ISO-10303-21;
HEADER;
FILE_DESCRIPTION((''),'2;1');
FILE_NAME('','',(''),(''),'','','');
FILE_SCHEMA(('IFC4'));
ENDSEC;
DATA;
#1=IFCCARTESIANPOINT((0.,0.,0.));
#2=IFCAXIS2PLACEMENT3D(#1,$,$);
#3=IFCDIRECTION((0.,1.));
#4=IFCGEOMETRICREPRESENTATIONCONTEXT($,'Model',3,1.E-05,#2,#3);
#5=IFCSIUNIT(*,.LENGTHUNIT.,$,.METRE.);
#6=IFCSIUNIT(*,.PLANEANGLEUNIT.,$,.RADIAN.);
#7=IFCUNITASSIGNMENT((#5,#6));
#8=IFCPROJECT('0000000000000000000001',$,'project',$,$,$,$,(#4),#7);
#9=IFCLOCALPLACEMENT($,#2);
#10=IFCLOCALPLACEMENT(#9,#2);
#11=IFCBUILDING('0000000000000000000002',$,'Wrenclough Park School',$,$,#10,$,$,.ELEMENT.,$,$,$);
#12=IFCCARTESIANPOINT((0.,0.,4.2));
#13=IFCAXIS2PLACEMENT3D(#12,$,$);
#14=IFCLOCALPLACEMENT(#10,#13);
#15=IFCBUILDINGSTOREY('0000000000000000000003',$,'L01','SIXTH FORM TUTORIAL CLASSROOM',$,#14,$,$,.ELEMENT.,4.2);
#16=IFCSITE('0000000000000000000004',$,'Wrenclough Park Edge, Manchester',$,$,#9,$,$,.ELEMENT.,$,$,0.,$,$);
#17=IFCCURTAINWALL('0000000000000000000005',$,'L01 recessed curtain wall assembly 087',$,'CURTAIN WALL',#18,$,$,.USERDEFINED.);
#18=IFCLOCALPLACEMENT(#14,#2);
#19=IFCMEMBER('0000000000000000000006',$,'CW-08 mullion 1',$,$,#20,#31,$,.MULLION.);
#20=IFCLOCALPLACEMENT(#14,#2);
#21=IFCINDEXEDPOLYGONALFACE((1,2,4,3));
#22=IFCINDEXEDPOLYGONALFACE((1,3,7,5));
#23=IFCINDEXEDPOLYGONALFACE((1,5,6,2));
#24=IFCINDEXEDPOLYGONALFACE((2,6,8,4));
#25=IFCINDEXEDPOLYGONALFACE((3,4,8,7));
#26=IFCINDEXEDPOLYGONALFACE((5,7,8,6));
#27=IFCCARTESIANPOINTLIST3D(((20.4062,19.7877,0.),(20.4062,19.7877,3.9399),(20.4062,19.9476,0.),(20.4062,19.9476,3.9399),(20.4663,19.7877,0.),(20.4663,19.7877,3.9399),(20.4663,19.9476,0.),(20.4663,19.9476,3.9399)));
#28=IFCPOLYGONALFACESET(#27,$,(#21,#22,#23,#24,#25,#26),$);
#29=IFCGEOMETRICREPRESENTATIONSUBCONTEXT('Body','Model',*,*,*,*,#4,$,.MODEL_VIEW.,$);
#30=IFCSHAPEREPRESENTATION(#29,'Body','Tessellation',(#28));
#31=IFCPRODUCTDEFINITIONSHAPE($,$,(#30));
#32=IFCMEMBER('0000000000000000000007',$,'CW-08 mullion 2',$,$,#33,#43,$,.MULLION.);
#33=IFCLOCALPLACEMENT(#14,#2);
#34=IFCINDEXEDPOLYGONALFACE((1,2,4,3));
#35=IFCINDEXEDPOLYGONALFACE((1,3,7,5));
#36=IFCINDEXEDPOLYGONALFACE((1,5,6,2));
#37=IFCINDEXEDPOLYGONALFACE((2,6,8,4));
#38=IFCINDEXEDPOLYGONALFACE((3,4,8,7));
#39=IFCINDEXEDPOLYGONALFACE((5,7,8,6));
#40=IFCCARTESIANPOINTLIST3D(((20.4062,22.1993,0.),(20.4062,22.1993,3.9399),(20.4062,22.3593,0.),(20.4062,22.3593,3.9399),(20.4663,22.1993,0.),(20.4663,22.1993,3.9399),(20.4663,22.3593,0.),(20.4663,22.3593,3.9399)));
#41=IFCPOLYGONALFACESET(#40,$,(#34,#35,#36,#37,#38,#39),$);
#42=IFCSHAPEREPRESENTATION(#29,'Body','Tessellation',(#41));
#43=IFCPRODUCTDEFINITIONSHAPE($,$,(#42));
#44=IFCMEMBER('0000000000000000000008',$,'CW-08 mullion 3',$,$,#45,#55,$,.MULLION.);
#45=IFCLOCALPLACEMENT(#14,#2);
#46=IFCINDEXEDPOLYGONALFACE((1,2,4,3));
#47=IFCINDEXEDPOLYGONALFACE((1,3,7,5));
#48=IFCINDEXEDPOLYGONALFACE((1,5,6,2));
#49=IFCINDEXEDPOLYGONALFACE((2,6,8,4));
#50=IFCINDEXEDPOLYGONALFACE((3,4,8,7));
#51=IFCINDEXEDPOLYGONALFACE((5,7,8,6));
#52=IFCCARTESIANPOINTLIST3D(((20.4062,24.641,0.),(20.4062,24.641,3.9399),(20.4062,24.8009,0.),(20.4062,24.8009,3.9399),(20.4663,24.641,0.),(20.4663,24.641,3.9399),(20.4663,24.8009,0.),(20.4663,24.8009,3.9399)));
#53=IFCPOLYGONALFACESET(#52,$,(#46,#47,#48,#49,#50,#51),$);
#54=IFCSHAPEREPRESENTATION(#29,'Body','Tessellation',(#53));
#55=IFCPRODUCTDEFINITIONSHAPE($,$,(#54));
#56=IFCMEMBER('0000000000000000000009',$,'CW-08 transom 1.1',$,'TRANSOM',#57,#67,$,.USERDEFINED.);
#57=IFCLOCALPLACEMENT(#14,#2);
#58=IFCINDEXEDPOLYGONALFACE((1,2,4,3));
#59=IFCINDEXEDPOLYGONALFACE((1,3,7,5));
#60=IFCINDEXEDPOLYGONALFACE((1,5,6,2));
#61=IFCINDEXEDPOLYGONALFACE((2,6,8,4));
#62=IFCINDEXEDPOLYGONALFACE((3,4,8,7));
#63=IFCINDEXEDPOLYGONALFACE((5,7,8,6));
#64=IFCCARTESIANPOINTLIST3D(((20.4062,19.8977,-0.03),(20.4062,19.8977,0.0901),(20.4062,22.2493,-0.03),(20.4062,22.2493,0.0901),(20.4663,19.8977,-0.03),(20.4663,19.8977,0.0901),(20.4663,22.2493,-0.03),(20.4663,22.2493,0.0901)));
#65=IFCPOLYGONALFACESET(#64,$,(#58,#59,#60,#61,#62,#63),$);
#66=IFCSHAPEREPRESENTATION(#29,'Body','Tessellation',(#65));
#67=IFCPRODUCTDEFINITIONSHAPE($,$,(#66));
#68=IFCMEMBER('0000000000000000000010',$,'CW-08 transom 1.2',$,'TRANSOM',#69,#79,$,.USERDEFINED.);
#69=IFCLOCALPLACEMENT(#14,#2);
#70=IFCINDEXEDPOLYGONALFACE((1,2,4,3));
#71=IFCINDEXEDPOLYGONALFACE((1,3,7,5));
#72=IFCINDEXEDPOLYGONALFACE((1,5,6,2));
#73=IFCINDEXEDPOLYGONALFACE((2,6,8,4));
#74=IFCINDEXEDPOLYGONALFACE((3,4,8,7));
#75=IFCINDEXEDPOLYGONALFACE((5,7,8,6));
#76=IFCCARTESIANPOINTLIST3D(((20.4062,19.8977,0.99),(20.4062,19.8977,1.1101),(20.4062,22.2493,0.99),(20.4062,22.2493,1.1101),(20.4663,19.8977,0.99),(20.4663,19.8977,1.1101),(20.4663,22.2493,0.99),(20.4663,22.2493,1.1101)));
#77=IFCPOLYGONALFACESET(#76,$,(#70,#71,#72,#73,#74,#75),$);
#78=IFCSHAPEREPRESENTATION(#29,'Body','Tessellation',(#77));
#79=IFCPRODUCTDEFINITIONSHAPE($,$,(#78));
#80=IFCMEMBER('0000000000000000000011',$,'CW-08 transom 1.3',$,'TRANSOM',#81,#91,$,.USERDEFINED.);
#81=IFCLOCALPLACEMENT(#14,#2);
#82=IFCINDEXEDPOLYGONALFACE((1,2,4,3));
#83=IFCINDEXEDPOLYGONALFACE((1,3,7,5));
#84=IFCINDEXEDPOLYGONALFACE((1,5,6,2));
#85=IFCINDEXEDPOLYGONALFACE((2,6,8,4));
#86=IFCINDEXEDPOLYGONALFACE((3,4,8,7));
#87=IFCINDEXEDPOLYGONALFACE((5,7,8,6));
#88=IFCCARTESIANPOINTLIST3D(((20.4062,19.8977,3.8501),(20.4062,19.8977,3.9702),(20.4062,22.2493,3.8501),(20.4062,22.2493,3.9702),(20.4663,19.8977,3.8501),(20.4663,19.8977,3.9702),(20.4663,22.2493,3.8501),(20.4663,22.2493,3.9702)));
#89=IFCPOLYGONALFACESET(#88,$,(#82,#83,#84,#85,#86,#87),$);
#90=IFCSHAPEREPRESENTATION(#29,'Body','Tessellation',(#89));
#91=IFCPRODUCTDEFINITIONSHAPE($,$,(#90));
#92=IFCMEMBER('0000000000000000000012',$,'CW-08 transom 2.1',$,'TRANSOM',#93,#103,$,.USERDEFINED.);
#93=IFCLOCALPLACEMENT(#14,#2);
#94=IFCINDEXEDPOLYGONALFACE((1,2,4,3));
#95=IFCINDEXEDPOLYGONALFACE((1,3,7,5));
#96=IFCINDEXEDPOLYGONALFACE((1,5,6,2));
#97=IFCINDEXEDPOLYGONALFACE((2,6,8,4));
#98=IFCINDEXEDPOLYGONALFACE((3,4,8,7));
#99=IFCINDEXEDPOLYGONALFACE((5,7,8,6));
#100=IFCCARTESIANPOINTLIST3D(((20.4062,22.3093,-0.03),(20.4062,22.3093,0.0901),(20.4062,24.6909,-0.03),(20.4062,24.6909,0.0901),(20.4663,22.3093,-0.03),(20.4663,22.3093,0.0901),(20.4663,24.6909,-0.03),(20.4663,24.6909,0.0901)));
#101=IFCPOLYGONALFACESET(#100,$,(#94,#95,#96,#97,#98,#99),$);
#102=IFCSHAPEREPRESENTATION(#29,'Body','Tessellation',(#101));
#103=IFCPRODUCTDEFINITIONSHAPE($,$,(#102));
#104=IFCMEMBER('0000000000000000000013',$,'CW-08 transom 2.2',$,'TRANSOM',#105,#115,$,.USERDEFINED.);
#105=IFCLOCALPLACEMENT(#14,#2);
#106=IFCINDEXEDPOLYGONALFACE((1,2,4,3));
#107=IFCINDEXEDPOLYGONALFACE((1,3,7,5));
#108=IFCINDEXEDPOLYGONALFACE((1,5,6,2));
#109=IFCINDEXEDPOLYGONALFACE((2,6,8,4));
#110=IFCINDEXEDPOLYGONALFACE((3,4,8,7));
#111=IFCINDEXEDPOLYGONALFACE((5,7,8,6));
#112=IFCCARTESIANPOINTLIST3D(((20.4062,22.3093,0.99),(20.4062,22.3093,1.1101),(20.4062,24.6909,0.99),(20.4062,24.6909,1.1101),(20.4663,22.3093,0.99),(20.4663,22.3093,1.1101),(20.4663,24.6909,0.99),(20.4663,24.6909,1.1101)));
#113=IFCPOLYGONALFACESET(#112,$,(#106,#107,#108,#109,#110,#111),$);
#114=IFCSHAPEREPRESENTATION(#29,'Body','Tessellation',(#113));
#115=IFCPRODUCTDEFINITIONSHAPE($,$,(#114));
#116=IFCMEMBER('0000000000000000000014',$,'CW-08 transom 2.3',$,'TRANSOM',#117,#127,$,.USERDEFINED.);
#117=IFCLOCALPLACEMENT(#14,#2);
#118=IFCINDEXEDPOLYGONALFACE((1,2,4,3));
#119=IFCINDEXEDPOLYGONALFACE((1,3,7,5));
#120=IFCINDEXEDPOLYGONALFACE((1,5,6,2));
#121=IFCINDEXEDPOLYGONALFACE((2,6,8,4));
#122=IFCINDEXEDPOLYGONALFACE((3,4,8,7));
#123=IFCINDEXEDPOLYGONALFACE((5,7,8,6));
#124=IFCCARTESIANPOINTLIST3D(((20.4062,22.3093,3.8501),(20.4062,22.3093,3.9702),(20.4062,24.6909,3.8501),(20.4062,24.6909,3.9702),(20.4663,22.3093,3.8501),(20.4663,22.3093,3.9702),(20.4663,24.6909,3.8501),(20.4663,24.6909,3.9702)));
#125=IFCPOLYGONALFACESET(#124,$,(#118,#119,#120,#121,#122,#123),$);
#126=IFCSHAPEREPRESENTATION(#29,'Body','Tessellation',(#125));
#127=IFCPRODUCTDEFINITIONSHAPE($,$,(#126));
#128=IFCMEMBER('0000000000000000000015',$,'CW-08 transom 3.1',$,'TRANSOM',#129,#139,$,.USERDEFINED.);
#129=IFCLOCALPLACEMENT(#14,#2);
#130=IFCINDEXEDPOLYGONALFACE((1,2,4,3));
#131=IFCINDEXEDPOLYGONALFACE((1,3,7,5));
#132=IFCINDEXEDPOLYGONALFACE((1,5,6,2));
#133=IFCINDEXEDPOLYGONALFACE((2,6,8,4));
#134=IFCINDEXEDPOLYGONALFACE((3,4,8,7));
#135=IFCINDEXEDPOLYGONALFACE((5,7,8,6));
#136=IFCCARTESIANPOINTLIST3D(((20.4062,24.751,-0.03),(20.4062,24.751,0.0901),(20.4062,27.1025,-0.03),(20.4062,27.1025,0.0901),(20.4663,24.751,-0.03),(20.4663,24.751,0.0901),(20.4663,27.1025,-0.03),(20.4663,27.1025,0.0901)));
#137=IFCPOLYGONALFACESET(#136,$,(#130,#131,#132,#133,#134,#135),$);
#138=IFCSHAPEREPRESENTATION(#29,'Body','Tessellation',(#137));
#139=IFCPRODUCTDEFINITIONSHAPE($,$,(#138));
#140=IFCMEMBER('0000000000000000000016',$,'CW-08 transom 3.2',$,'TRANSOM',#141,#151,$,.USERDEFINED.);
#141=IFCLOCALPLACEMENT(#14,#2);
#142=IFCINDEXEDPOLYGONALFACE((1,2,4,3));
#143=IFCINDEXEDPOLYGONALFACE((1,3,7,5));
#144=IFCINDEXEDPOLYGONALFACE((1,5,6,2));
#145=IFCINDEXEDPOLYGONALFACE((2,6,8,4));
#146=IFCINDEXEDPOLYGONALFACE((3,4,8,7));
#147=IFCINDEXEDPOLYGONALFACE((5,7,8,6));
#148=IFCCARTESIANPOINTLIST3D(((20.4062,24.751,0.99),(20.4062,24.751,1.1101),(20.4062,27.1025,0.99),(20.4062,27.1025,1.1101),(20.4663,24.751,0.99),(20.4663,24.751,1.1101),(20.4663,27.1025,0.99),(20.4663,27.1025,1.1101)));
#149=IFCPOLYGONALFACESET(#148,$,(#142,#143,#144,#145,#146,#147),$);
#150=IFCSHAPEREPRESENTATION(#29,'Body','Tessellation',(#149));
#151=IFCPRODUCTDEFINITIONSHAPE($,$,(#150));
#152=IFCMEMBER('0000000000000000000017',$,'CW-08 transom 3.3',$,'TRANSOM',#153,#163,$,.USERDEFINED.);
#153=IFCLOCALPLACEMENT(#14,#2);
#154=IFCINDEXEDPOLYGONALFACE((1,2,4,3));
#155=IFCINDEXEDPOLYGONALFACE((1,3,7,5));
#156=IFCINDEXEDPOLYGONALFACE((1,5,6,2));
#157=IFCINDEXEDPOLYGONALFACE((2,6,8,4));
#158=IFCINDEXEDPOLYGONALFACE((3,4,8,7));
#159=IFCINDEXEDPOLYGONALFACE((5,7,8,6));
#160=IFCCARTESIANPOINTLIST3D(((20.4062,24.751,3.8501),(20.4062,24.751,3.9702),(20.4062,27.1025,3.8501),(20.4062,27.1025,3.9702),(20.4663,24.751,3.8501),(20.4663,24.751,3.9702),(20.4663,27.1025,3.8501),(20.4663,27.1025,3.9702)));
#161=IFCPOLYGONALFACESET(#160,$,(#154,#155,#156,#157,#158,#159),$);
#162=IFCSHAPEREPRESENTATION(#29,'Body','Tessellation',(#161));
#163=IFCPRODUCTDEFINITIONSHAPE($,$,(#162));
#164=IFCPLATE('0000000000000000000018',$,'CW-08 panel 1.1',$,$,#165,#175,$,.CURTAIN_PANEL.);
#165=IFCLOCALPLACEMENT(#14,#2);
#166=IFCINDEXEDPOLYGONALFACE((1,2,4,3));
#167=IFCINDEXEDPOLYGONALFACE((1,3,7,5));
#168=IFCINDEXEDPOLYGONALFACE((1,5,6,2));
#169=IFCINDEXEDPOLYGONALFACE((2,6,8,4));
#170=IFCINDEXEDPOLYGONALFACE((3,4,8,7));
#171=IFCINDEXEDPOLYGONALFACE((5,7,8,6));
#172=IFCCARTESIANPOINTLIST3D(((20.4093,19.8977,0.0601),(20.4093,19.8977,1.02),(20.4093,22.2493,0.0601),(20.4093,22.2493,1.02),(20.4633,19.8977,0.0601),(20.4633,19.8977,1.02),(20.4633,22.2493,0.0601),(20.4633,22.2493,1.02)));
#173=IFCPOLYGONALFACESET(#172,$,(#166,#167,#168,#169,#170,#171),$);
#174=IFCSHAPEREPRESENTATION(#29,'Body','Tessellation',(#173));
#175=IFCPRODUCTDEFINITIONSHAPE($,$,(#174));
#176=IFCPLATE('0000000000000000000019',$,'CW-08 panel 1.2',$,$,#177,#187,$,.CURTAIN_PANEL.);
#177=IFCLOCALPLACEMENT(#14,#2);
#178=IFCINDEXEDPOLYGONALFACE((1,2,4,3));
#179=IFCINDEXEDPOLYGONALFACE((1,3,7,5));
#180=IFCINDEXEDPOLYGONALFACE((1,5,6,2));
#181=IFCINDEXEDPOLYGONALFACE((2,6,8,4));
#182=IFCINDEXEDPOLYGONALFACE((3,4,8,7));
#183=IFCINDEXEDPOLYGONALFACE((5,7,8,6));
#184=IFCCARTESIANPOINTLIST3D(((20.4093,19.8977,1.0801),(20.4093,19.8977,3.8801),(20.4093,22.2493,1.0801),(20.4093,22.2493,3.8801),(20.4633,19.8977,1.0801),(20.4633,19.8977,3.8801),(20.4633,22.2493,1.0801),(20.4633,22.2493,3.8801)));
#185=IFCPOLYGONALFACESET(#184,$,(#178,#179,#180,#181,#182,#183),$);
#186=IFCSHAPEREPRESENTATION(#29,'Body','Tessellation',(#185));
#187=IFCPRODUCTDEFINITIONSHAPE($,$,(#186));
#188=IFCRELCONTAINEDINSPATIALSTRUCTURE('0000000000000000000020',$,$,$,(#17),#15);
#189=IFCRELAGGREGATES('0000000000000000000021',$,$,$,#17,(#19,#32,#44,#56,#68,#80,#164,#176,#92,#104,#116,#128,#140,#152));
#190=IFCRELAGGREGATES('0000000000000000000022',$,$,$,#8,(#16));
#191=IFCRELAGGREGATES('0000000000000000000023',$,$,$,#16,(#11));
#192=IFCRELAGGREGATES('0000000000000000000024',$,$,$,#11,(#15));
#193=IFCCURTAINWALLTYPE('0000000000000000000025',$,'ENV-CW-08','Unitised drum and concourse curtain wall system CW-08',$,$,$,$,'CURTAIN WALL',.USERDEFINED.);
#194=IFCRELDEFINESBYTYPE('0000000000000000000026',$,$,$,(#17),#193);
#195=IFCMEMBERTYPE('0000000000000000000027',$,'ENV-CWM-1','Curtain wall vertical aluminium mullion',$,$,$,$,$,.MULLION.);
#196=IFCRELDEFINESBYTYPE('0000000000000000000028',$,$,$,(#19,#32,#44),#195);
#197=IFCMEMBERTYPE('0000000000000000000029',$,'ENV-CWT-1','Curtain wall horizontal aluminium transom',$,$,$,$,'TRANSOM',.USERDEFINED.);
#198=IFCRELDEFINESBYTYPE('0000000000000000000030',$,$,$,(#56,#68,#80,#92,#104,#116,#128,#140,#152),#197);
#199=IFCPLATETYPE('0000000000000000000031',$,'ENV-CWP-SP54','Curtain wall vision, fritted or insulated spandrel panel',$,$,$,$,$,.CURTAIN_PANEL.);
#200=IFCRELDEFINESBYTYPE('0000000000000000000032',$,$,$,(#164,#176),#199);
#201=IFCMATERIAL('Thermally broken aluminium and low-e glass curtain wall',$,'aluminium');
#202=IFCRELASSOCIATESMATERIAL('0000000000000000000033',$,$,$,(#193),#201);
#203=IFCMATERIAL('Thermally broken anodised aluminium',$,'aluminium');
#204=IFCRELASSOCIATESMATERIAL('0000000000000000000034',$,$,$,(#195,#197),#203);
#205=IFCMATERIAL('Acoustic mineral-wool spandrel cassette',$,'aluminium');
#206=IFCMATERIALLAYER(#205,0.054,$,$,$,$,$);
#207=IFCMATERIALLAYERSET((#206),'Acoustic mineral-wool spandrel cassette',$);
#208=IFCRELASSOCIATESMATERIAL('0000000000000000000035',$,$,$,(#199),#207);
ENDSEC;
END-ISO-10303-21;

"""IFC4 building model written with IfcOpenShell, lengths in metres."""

from ifc_helpers import new_model, si_unit, direction, frame, origin, origin_2d, place, context, subcontext, project, spatial, rectangle, extrude, material, layer, layer_set, material_profile, profile_set, type_object, element, aggregate, save


model = new_model("IFC4")

# Units and contexts
model_context = context("Model", 3, precision=1e-05, world=origin(), true_north=direction((0.0, 1.0)))
body_context = subcontext(model_context, "Body", "Model", "MODEL_VIEW")
ifc_project = project(units=[si_unit("LENGTHUNIT", "METRE"), si_unit("PLANEANGLEUNIT", "RADIAN")], contexts=[model_context])

# Site, building, storey
site_placement = place(None, origin())
site = spatial("IfcSite", under=ifc_project, at=site_placement, Name="Wrenclough Park Edge, Manchester", CompositionType="ELEMENT", RefElevation=0.0)
building_placement = place(site_placement, origin())
building = spatial("IfcBuilding", under=site, at=building_placement, Name="Wrenclough Park School", CompositionType="ELEMENT")
storey_placement = place(building_placement, frame((0.0, 0.0, 4.2)))
storey = spatial("IfcBuildingStorey", under=building, at=storey_placement, Name="L01", Description="SIXTH FORM TUTORIAL CLASSROOM", CompositionType="ELEMENT", Elevation=4.2)

# Curtain wall, members, plates
ifc_material_1 = material(Name="Thermally broken aluminium and low-e glass curtain wall", Category="aluminium")
curtain_wall_type = type_object("IfcCurtainWallType", Name="ENV-CW-08", Description="Unitised drum and concourse curtain wall system CW-08", ElementType="CURTAIN WALL", PredefinedType="USERDEFINED", material=ifc_material_1)
curtain_wall_placement = place(storey_placement, origin())
curtain_wall = element("IfcCurtainWall", 1, at=curtain_wall_placement, inside=storey, type_object=curtain_wall_type, Name="L01 recessed curtain wall assembly 087", ObjectType="CURTAIN WALL", PredefinedType="USERDEFINED")
ifc_material_2 = material(Name="Thermally broken anodised aluminium", Category="aluminium")
ifc_material_profile_1 = material_profile(ifc_material_2, rectangle(XDim=0.0601, YDim=0.1599, at=origin_2d()), Name="AL MULLION 60x160")
ifc_profile_set_1 = profile_set([ifc_material_profile_1], Name="Thermally broken anodised aluminium")
member_type_1 = type_object("IfcMemberType", Name="ENV-CWM-1", Description="Curtain wall vertical aluminium mullion", PredefinedType="MULLION", material=ifc_profile_set_1)
member_1_placement = place(storey_placement, frame((20.4363, 19.8677, 0.0), z_axis=(0.0, 0.0, 1.0), x_axis=(-1.0, 0.0, 0.0)))
member_1 = element("IfcMember", 2, at=member_1_placement, type_object=member_type_1, Name="CW-08 mullion 1", PredefinedType="MULLION", context=body_context, shape_type="SweptSolid", body=[
    extrude(rectangle(XDim=0.0601, YDim=0.1599, at=origin_2d()), origin(), (0.0, 0.0, 1.0), 3.9399),
])
member_2_placement = place(storey_placement, frame((20.4363, 22.2793, 0.0), z_axis=(0.0, 0.0, 1.0), x_axis=(-1.0, 0.0, 0.0)))
member_2 = element("IfcMember", 3, at=member_2_placement, type_object=member_type_1, Name="CW-08 mullion 2", PredefinedType="MULLION", context=body_context, shape_type="SweptSolid", body=[
    extrude(rectangle(XDim=0.0601, YDim=0.1599, at=origin_2d()), origin(), (0.0, 0.0, 1.0), 3.9399),
])
member_3_placement = place(storey_placement, frame((20.4363, 24.7209, 0.0), z_axis=(0.0, 0.0, 1.0), x_axis=(-1.0, 0.0, 0.0)))
member_3 = element("IfcMember", 4, at=member_3_placement, type_object=member_type_1, Name="CW-08 mullion 3", PredefinedType="MULLION", context=body_context, shape_type="SweptSolid", body=[
    extrude(rectangle(XDim=0.0601, YDim=0.1599, at=origin_2d()), origin(), (0.0, 0.0, 1.0), 3.9399),
])
ifc_material_profile_2 = material_profile(ifc_material_2, rectangle(XDim=0.0601, YDim=0.1201, at=origin_2d()), Name="AL TRANSOM 60x120")
ifc_profile_set_2 = profile_set([ifc_material_profile_2], Name="Thermally broken anodised aluminium")
member_type_2 = type_object("IfcMemberType", Name="ENV-CWT-1", Description="Curtain wall horizontal aluminium transom", ElementType="TRANSOM", PredefinedType="USERDEFINED", material=ifc_profile_set_2)
member_4_placement = place(storey_placement, frame((20.4363, 19.8977, 0.03), z_axis=(0.0, 1.0, 0.0), x_axis=(-1.0, 0.0, 0.0)))
member_4 = element("IfcMember", 5, at=member_4_placement, type_object=member_type_2, Name="CW-08 transom 1.1", ObjectType="TRANSOM", PredefinedType="USERDEFINED", context=body_context, shape_type="SweptSolid", body=[
    extrude(rectangle(XDim=0.0601, YDim=0.1201, at=origin_2d()), origin(), (0.0, 0.0, 1.0), 2.3516),
])
member_5_placement = place(storey_placement, frame((20.4363, 19.8977, 1.05), z_axis=(0.0, 1.0, 0.0), x_axis=(-1.0, 0.0, 0.0)))
member_5 = element("IfcMember", 6, at=member_5_placement, type_object=member_type_2, Name="CW-08 transom 1.2", ObjectType="TRANSOM", PredefinedType="USERDEFINED", context=body_context, shape_type="SweptSolid", body=[
    extrude(rectangle(XDim=0.0601, YDim=0.1201, at=origin_2d()), origin(), (0.0, 0.0, 1.0), 2.3516),
])
member_6_placement = place(storey_placement, frame((20.4363, 19.8977, 3.9102), z_axis=(0.0, 1.0, 0.0), x_axis=(-1.0, 0.0, 0.0)))
member_6 = element("IfcMember", 7, at=member_6_placement, type_object=member_type_2, Name="CW-08 transom 1.3", ObjectType="TRANSOM", PredefinedType="USERDEFINED", context=body_context, shape_type="SweptSolid", body=[
    extrude(rectangle(XDim=0.0601, YDim=0.1201, at=origin_2d()), origin(), (0.0, 0.0, 1.0), 2.3516),
])
member_7_placement = place(storey_placement, frame((20.4363, 22.3093, 0.03), z_axis=(0.0, 1.0, 0.0), x_axis=(-1.0, 0.0, 0.0)))
member_7 = element("IfcMember", 8, at=member_7_placement, type_object=member_type_2, Name="CW-08 transom 2.1", ObjectType="TRANSOM", PredefinedType="USERDEFINED", context=body_context, shape_type="SweptSolid", body=[
    extrude(rectangle(XDim=0.0601, YDim=0.1201, at=origin_2d()), origin(), (0.0, 0.0, 1.0), 2.3816),
])
member_8_placement = place(storey_placement, frame((20.4363, 22.3093, 1.05), z_axis=(0.0, 1.0, 0.0), x_axis=(-1.0, 0.0, 0.0)))
member_8 = element("IfcMember", 9, at=member_8_placement, type_object=member_type_2, Name="CW-08 transom 2.2", ObjectType="TRANSOM", PredefinedType="USERDEFINED", context=body_context, shape_type="SweptSolid", body=[
    extrude(rectangle(XDim=0.0601, YDim=0.1201, at=origin_2d()), origin(), (0.0, 0.0, 1.0), 2.3816),
])
member_9_placement = place(storey_placement, frame((20.4363, 22.3093, 3.9102), z_axis=(0.0, 1.0, 0.0), x_axis=(-1.0, 0.0, 0.0)))
member_9 = element("IfcMember", 10, at=member_9_placement, type_object=member_type_2, Name="CW-08 transom 2.3", ObjectType="TRANSOM", PredefinedType="USERDEFINED", context=body_context, shape_type="SweptSolid", body=[
    extrude(rectangle(XDim=0.0601, YDim=0.1201, at=origin_2d()), origin(), (0.0, 0.0, 1.0), 2.3816),
])
member_10_placement = place(storey_placement, frame((20.4363, 24.751, 0.03), z_axis=(0.0, 1.0, 0.0), x_axis=(-1.0, 0.0, 0.0)))
member_10 = element("IfcMember", 11, at=member_10_placement, type_object=member_type_2, Name="CW-08 transom 3.1", ObjectType="TRANSOM", PredefinedType="USERDEFINED", context=body_context, shape_type="SweptSolid", body=[
    extrude(rectangle(XDim=0.0601, YDim=0.1201, at=origin_2d()), origin(), (0.0, 0.0, 1.0), 2.3516),
])
member_11_placement = place(storey_placement, frame((20.4363, 24.751, 1.05), z_axis=(0.0, 1.0, 0.0), x_axis=(-1.0, 0.0, 0.0)))
member_11 = element("IfcMember", 12, at=member_11_placement, type_object=member_type_2, Name="CW-08 transom 3.2", ObjectType="TRANSOM", PredefinedType="USERDEFINED", context=body_context, shape_type="SweptSolid", body=[
    extrude(rectangle(XDim=0.0601, YDim=0.1201, at=origin_2d()), origin(), (0.0, 0.0, 1.0), 2.3516),
])
member_12_placement = place(storey_placement, frame((20.4363, 24.751, 3.9102), z_axis=(0.0, 1.0, 0.0), x_axis=(-1.0, 0.0, 0.0)))
member_12 = element("IfcMember", 13, at=member_12_placement, type_object=member_type_2, Name="CW-08 transom 3.3", ObjectType="TRANSOM", PredefinedType="USERDEFINED", context=body_context, shape_type="SweptSolid", body=[
    extrude(rectangle(XDim=0.0601, YDim=0.1201, at=origin_2d()), origin(), (0.0, 0.0, 1.0), 2.3516),
])
ifc_material_3 = material(Name="Acoustic mineral-wool spandrel cassette", Category="aluminium")
ifc_layer_1 = layer(ifc_material_3, 0.054)
ifc_layer_set_1 = layer_set([ifc_layer_1], Name="Acoustic mineral-wool spandrel cassette")
plate_type_1 = type_object("IfcPlateType", Name="ENV-CWP-SP54", Description="Curtain wall vision, fritted or insulated spandrel panel", PredefinedType="CURTAIN_PANEL", material=ifc_layer_set_1)
plate_1_placement = place(storey_placement, frame((20.4363, 21.0735, 0.0601), z_axis=(0.0, 0.0, 1.0), x_axis=(0.0, 1.0, 0.0)))
plate_1 = element("IfcPlate", 14, at=plate_1_placement, type_object=plate_type_1, Name="CW-08 panel 1.1", PredefinedType="CURTAIN_PANEL", context=body_context, shape_type="SweptSolid", body=[
    extrude(rectangle(XDim=2.3516, YDim=0.054, at=origin_2d()), origin(), (0.0, 0.0, 1.0), 0.96),
])
plate_2_placement = place(storey_placement, frame((20.4363, 21.0735, 1.0801), z_axis=(0.0, 0.0, 1.0), x_axis=(0.0, 1.0, 0.0)))
plate_2 = element("IfcPlate", 15, at=plate_2_placement, type_object=plate_type_1, Name="CW-08 panel 1.2", PredefinedType="CURTAIN_PANEL", context=body_context, shape_type="SweptSolid", body=[
    extrude(rectangle(XDim=2.3516, YDim=0.054, at=origin_2d()), origin(), (0.0, 0.0, 1.0), 2.8),
])
aggregate(curtain_wall, [member_1, member_2, member_3, member_4, member_5, member_6, plate_1, plate_2, member_7, member_8, member_9, member_10, member_11, member_12])

save(model, "model.ifc")
